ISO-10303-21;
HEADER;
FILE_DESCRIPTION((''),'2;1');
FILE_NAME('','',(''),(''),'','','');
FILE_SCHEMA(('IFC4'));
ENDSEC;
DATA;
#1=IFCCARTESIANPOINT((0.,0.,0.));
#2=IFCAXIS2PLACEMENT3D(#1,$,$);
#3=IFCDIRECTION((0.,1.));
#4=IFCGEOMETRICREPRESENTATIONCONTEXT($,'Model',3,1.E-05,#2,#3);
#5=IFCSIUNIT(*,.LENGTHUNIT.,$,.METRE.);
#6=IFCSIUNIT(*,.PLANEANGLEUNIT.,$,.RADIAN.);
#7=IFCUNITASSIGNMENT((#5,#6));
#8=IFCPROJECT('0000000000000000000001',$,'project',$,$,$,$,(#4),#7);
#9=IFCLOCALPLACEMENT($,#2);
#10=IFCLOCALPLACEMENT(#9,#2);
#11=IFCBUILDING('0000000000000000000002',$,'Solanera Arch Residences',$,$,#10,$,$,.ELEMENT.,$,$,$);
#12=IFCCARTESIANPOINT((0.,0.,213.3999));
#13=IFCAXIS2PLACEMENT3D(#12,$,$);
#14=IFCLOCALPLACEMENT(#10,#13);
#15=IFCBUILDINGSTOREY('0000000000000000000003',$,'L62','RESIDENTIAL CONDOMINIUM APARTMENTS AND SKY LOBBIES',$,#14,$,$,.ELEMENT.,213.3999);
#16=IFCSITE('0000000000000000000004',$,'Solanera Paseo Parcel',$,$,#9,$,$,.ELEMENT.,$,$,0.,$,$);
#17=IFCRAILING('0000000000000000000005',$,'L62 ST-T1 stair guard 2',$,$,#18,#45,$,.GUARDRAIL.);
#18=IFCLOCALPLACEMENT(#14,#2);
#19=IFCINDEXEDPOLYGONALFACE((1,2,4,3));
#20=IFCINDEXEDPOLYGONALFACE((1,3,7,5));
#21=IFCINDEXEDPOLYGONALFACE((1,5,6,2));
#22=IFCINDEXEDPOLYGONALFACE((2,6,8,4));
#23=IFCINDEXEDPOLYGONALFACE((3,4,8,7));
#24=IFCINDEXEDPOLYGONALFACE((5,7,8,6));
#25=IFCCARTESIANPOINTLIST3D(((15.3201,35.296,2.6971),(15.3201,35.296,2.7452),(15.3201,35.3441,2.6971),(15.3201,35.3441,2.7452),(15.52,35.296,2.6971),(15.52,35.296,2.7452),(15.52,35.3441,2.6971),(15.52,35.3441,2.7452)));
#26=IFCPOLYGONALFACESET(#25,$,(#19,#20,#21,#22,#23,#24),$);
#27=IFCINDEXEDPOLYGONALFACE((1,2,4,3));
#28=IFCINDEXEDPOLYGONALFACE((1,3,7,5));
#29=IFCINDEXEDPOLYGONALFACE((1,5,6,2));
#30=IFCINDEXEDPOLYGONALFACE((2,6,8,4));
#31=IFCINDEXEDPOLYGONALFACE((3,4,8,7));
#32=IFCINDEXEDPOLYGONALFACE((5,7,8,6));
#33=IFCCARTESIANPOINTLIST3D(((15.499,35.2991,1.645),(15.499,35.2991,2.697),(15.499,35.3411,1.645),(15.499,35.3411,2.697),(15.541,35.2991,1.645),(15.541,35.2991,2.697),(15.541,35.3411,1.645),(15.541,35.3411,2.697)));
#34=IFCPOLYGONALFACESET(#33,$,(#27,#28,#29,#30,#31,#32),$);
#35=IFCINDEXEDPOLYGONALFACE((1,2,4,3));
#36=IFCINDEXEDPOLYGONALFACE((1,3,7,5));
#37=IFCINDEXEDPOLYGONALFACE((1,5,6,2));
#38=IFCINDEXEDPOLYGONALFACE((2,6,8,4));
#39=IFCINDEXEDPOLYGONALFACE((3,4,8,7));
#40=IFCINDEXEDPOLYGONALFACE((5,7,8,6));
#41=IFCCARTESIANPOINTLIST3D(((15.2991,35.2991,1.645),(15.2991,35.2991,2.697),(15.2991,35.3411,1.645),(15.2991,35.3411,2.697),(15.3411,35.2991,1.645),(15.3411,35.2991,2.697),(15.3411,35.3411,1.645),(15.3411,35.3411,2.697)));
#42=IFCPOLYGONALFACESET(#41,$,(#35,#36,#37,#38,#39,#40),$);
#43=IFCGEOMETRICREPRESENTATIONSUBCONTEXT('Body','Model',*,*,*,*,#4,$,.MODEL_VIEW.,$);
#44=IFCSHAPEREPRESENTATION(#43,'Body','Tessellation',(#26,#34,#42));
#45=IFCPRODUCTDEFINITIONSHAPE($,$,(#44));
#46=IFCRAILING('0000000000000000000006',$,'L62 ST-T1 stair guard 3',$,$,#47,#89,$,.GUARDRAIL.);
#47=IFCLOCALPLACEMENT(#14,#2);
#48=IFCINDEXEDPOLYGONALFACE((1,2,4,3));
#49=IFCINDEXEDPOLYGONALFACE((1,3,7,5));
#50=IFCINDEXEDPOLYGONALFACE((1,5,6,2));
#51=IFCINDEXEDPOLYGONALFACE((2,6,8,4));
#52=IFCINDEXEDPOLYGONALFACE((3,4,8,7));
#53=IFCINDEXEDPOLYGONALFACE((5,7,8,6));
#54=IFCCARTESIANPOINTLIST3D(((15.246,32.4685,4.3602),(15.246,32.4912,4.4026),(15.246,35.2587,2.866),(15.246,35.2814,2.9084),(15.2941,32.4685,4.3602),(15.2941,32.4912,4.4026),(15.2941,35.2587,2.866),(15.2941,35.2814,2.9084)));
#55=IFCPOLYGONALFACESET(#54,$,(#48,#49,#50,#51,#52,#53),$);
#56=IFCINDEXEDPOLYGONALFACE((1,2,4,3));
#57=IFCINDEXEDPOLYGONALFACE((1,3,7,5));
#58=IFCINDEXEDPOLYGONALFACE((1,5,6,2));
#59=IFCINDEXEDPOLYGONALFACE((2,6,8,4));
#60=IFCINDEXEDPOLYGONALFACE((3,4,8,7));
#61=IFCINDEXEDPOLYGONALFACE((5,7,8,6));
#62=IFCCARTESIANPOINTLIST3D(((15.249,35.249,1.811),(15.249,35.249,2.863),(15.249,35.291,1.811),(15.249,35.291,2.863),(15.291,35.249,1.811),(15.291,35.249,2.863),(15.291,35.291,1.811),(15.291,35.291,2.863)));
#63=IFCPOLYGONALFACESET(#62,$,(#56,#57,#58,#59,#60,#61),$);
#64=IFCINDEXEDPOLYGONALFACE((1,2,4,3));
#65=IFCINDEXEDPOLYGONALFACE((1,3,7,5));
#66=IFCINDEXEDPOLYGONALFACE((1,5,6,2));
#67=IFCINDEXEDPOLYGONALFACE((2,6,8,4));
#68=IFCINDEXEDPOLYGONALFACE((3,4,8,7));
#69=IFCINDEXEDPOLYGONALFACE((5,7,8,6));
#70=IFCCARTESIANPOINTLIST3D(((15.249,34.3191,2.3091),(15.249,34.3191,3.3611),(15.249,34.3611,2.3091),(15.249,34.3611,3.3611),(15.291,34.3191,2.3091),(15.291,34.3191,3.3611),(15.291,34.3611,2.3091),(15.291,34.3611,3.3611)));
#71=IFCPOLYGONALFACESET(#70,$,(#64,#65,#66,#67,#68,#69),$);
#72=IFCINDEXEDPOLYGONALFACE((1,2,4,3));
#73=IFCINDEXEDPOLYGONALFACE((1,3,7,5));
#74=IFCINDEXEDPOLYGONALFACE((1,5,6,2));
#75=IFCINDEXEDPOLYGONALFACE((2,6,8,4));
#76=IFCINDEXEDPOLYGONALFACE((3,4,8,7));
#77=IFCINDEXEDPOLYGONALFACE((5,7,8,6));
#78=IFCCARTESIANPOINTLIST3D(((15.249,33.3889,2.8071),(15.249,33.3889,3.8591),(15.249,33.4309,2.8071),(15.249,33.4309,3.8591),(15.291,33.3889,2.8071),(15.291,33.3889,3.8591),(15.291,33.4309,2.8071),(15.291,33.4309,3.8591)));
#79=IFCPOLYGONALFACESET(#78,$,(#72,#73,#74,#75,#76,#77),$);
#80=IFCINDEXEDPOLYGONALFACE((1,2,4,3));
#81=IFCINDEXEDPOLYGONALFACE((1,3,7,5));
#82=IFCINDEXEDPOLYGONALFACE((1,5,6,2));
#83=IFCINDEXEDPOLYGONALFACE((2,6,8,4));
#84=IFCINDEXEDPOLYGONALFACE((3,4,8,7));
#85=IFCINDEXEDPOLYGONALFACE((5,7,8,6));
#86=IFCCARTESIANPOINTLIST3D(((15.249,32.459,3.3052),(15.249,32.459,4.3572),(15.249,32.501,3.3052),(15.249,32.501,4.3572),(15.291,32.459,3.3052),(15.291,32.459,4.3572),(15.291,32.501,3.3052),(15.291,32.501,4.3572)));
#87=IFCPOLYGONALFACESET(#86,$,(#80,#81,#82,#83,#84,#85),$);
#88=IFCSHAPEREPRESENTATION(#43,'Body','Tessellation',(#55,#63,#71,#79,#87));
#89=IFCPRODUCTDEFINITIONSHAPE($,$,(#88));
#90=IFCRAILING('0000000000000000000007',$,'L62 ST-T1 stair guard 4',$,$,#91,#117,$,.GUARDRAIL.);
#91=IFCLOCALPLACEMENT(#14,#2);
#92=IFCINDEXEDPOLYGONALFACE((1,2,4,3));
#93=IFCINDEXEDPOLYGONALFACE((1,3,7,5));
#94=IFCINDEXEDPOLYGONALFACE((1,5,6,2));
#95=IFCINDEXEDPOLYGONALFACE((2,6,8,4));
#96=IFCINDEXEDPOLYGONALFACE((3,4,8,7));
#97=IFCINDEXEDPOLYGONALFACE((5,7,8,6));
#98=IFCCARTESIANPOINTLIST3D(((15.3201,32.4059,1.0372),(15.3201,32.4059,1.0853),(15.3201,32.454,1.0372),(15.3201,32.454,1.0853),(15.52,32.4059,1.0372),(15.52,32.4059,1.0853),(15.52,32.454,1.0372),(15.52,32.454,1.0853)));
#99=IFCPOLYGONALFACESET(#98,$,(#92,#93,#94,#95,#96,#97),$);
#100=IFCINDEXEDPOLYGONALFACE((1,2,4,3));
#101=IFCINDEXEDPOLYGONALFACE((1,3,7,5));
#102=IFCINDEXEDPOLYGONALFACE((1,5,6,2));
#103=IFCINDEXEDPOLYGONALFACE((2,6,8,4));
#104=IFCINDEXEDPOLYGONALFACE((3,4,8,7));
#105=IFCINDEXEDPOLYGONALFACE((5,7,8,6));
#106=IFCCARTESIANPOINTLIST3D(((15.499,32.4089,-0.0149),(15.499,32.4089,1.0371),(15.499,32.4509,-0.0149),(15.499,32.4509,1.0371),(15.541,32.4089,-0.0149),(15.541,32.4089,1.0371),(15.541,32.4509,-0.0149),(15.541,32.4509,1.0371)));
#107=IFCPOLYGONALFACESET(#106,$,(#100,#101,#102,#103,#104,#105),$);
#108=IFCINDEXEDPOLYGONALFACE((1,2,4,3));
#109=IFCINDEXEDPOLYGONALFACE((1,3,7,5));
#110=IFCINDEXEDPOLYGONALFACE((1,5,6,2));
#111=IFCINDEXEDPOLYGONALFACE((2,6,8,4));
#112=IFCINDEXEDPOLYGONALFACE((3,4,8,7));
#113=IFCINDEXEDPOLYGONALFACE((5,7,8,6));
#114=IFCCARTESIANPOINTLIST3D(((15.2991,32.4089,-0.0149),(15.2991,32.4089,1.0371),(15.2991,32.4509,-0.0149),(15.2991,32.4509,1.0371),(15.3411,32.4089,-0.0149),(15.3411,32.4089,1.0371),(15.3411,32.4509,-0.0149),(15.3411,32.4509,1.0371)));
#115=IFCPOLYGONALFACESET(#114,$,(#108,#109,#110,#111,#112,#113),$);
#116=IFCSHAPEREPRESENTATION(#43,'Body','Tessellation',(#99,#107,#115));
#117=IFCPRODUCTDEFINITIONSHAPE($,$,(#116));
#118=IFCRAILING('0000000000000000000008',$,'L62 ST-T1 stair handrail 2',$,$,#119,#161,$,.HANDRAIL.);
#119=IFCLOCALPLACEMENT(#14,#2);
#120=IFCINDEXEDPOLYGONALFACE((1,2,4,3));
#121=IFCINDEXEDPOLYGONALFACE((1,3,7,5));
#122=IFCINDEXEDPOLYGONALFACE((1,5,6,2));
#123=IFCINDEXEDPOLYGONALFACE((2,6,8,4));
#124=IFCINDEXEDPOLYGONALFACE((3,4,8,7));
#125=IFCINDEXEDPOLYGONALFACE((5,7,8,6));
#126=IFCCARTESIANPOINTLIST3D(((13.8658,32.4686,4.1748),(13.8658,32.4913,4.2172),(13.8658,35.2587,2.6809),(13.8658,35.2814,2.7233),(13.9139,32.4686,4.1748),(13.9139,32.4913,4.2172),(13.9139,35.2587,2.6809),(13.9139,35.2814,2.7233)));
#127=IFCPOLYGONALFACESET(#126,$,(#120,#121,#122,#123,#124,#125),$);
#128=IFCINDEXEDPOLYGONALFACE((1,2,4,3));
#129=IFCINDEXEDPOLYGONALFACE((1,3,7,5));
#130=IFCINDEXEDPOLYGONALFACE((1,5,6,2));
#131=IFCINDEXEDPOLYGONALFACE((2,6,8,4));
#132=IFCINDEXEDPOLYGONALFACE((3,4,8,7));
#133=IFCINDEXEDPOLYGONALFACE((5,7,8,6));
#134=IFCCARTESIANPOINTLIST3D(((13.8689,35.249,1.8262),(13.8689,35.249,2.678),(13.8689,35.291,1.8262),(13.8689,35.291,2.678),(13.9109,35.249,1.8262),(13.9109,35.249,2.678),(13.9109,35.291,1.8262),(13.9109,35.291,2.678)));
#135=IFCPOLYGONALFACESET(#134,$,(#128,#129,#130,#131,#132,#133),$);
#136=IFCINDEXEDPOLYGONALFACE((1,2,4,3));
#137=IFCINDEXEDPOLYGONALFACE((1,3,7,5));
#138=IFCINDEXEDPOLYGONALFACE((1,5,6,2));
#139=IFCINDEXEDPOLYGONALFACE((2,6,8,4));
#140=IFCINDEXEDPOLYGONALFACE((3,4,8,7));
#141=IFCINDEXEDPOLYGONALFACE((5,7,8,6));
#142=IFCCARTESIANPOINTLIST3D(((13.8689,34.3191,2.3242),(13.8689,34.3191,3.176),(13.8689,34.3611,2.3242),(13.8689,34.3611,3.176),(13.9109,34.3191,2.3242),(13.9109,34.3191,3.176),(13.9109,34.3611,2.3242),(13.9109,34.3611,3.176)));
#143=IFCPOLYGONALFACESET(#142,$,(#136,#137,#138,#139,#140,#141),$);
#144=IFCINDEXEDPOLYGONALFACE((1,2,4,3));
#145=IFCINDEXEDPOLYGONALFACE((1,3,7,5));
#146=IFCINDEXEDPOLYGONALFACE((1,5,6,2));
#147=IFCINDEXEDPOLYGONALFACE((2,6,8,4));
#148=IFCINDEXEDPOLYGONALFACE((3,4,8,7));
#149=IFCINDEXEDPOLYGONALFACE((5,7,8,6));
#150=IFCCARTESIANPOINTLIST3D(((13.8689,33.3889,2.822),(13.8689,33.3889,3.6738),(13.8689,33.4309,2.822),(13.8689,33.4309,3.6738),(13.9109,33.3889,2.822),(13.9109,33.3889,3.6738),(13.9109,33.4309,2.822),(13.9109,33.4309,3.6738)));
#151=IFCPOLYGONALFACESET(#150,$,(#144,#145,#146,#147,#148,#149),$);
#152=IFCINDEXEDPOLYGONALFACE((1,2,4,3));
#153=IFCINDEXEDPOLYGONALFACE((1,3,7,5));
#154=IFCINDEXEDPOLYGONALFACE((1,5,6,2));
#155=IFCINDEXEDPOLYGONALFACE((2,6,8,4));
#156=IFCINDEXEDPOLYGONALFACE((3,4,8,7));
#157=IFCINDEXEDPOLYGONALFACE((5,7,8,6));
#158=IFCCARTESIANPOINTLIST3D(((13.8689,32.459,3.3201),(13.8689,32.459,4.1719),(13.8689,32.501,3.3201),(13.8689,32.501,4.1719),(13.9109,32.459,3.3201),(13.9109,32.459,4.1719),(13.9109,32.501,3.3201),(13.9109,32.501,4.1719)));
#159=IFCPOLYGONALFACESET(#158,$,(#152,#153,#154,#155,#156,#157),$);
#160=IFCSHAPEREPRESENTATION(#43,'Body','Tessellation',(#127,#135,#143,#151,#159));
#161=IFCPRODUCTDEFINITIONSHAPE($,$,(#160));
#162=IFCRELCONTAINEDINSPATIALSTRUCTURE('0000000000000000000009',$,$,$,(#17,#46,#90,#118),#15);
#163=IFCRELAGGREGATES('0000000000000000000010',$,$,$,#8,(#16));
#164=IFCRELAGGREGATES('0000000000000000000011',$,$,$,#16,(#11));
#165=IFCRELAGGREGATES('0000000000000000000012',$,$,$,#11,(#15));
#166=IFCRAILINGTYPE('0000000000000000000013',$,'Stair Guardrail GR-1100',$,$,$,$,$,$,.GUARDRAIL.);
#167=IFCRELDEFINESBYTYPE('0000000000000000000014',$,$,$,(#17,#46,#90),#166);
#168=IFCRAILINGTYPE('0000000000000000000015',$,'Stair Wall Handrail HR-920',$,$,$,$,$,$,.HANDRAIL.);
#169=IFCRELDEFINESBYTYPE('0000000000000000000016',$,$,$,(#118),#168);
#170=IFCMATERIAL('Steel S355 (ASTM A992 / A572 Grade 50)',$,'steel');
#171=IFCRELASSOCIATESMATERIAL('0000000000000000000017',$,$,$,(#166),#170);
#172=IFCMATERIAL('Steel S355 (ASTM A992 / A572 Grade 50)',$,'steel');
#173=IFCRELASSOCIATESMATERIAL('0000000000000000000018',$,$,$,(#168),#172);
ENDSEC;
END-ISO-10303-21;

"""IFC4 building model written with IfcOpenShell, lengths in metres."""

from ifc_helpers import new_model, si_unit, direction, frame, origin, origin_2d, place, context, subcontext, project, spatial, rectangle, extrude, material, type_object, element, save


model = new_model("IFC4")

# Units and contexts
model_context = context("Model", 3, precision=1e-05, world=origin(), true_north=direction((0.0, 1.0)))
body_context = subcontext(model_context, "Body", "Model", "MODEL_VIEW")
ifc_project = project(units=[si_unit("LENGTHUNIT", "METRE"), si_unit("PLANEANGLEUNIT", "RADIAN")], contexts=[model_context])

# Site, building, storey
site_placement = place(None, origin())
site = spatial("IfcSite", under=ifc_project, at=site_placement, Name="Solanera Paseo Parcel", CompositionType="ELEMENT", RefElevation=0.0)
building_placement = place(site_placement, origin())
building = spatial("IfcBuilding", under=site, at=building_placement, Name="Solanera Arch Residences", CompositionType="ELEMENT")
storey_placement = place(building_placement, frame((0.0, 0.0, 213.3999)))
storey = spatial("IfcBuildingStorey", under=building, at=storey_placement, Name="L62", Description="RESIDENTIAL CONDOMINIUM APARTMENTS AND SKY LOBBIES", CompositionType="ELEMENT", Elevation=213.3999)

# Railings
ifc_material_1 = material(Name="Steel S355 (ASTM A992 / A572 Grade 50)", Category="steel")
railing_type_1 = type_object("IfcRailingType", Name="Stair Guardrail GR-1100", PredefinedType="GUARDRAIL", material=ifc_material_1)
railing_1_placement = place(storey_placement, frame((15.52, 35.3201, 1.645)))
element("IfcRailing", 1, at=railing_1_placement, inside=storey, type_object=railing_type_1, Name="L62 ST-T1 stair guard 2", PredefinedType="GUARDRAIL", context=body_context, shape_type="SweptSolid", body=[
    extrude(rectangle(XDim=0.0481, YDim=0.0481, at=origin_2d()), frame((0.0, 0.0, 1.0762), z_axis=(-1.0, 0.0, 0.0), x_axis=(0.0, -1.0, 0.0)), (0.0, 0.0, 1.0), 0.2),
    extrude(rectangle(XDim=0.042, YDim=0.042, at=origin_2d()), origin(), (0.0, 0.0, 1.0), 1.052),
    extrude(rectangle(XDim=0.042, YDim=0.042, at=origin_2d()), frame((-0.2, 0.0, 0.0)), (0.0, 0.0, 1.0), 1.052),
])
railing_2_placement = place(storey_placement, frame((15.27, 35.27, 1.811)))
element("IfcRailing", 2, at=railing_2_placement, inside=storey, type_object=railing_type_1, Name="L62 ST-T1 stair guard 3", PredefinedType="GUARDRAIL", context=body_context, shape_type="SweptSolid", body=[
    extrude(rectangle(XDim=0.0481, YDim=0.0481, at=origin_2d()), frame((0.0, 0.0, 1.0762), z_axis=(0.0, -0.881549, 0.472093), x_axis=(1.0, 0.0, 0.0)), (0.0, 0.0, 1.0), 3.165),
    extrude(rectangle(XDim=0.042, YDim=0.042, at=origin_2d()), origin(), (0.0, 0.0, 1.0), 1.052),
    extrude(rectangle(XDim=0.042, YDim=0.042, at=origin_2d()), frame((0.0, -0.9299, 0.498)), (0.0, 0.0, 1.0), 1.052),
    extrude(rectangle(XDim=0.042, YDim=0.042, at=origin_2d()), frame((0.0, -1.8601, 0.9961)), (0.0, 0.0, 1.0), 1.052),
    extrude(rectangle(XDim=0.042, YDim=0.042, at=origin_2d()), frame((0.0, -2.79, 1.4941)), (0.0, 0.0, 1.0), 1.052),
])
railing_3_placement = place(storey_placement, frame((15.52, 32.4299, -0.0149)))
element("IfcRailing", 3, at=railing_3_placement, inside=storey, type_object=railing_type_1, Name="L62 ST-T1 stair guard 4", PredefinedType="GUARDRAIL", context=body_context, shape_type="SweptSolid", body=[
    extrude(rectangle(XDim=0.0481, YDim=0.0481, at=origin_2d()), frame((0.0, 0.0, 1.0762), z_axis=(-1.0, 0.0, 0.0), x_axis=(0.0, -1.0, 0.0)), (0.0, 0.0, 1.0), 0.2),
    extrude(rectangle(XDim=0.042, YDim=0.042, at=origin_2d()), origin(), (0.0, 0.0, 1.0), 1.052),
    extrude(rectangle(XDim=0.042, YDim=0.042, at=origin_2d()), frame((-0.2, 0.0, 0.0)), (0.0, 0.0, 1.0), 1.052),
])
ifc_material_2 = material(Name="Steel S355 (ASTM A992 / A572 Grade 50)", Category="steel")
railing_type_2 = type_object("IfcRailingType", Name="Stair Wall Handrail HR-920", PredefinedType="HANDRAIL", material=ifc_material_2)
railing_4_placement = place(storey_placement, frame((13.8899, 35.27, 1.8262)))
element("IfcRailing", 4, at=railing_4_placement, inside=storey, type_object=railing_type_2, Name="L62 ST-T1 stair handrail 2", PredefinedType="HANDRAIL", context=body_context, shape_type="SweptSolid", body=[
    extrude(rectangle(XDim=0.0481, YDim=0.0481, at=origin_2d()), frame((0.0, 0.0, 0.876), z_axis=(0.0, -0.881581, 0.472033), x_axis=(1.0, 0.0, 0.0)), (0.0, 0.0, 1.0), 3.1648),
    extrude(rectangle(XDim=0.042, YDim=0.042, at=origin_2d()), origin(), (0.0, 0.0, 1.0), 0.8518),
    extrude(rectangle(XDim=0.042, YDim=0.042, at=origin_2d()), frame((0.0, -0.9299, 0.498)), (0.0, 0.0, 1.0), 0.8518),
    extrude(rectangle(XDim=0.042, YDim=0.042, at=origin_2d()), frame((0.0, -1.8601, 0.9958)), (0.0, 0.0, 1.0), 0.8518),
    extrude(rectangle(XDim=0.042, YDim=0.042, at=origin_2d()), frame((0.0, -2.79, 1.4939)), (0.0, 0.0, 1.0), 0.8518),
])

save(model, "model.ifc")
